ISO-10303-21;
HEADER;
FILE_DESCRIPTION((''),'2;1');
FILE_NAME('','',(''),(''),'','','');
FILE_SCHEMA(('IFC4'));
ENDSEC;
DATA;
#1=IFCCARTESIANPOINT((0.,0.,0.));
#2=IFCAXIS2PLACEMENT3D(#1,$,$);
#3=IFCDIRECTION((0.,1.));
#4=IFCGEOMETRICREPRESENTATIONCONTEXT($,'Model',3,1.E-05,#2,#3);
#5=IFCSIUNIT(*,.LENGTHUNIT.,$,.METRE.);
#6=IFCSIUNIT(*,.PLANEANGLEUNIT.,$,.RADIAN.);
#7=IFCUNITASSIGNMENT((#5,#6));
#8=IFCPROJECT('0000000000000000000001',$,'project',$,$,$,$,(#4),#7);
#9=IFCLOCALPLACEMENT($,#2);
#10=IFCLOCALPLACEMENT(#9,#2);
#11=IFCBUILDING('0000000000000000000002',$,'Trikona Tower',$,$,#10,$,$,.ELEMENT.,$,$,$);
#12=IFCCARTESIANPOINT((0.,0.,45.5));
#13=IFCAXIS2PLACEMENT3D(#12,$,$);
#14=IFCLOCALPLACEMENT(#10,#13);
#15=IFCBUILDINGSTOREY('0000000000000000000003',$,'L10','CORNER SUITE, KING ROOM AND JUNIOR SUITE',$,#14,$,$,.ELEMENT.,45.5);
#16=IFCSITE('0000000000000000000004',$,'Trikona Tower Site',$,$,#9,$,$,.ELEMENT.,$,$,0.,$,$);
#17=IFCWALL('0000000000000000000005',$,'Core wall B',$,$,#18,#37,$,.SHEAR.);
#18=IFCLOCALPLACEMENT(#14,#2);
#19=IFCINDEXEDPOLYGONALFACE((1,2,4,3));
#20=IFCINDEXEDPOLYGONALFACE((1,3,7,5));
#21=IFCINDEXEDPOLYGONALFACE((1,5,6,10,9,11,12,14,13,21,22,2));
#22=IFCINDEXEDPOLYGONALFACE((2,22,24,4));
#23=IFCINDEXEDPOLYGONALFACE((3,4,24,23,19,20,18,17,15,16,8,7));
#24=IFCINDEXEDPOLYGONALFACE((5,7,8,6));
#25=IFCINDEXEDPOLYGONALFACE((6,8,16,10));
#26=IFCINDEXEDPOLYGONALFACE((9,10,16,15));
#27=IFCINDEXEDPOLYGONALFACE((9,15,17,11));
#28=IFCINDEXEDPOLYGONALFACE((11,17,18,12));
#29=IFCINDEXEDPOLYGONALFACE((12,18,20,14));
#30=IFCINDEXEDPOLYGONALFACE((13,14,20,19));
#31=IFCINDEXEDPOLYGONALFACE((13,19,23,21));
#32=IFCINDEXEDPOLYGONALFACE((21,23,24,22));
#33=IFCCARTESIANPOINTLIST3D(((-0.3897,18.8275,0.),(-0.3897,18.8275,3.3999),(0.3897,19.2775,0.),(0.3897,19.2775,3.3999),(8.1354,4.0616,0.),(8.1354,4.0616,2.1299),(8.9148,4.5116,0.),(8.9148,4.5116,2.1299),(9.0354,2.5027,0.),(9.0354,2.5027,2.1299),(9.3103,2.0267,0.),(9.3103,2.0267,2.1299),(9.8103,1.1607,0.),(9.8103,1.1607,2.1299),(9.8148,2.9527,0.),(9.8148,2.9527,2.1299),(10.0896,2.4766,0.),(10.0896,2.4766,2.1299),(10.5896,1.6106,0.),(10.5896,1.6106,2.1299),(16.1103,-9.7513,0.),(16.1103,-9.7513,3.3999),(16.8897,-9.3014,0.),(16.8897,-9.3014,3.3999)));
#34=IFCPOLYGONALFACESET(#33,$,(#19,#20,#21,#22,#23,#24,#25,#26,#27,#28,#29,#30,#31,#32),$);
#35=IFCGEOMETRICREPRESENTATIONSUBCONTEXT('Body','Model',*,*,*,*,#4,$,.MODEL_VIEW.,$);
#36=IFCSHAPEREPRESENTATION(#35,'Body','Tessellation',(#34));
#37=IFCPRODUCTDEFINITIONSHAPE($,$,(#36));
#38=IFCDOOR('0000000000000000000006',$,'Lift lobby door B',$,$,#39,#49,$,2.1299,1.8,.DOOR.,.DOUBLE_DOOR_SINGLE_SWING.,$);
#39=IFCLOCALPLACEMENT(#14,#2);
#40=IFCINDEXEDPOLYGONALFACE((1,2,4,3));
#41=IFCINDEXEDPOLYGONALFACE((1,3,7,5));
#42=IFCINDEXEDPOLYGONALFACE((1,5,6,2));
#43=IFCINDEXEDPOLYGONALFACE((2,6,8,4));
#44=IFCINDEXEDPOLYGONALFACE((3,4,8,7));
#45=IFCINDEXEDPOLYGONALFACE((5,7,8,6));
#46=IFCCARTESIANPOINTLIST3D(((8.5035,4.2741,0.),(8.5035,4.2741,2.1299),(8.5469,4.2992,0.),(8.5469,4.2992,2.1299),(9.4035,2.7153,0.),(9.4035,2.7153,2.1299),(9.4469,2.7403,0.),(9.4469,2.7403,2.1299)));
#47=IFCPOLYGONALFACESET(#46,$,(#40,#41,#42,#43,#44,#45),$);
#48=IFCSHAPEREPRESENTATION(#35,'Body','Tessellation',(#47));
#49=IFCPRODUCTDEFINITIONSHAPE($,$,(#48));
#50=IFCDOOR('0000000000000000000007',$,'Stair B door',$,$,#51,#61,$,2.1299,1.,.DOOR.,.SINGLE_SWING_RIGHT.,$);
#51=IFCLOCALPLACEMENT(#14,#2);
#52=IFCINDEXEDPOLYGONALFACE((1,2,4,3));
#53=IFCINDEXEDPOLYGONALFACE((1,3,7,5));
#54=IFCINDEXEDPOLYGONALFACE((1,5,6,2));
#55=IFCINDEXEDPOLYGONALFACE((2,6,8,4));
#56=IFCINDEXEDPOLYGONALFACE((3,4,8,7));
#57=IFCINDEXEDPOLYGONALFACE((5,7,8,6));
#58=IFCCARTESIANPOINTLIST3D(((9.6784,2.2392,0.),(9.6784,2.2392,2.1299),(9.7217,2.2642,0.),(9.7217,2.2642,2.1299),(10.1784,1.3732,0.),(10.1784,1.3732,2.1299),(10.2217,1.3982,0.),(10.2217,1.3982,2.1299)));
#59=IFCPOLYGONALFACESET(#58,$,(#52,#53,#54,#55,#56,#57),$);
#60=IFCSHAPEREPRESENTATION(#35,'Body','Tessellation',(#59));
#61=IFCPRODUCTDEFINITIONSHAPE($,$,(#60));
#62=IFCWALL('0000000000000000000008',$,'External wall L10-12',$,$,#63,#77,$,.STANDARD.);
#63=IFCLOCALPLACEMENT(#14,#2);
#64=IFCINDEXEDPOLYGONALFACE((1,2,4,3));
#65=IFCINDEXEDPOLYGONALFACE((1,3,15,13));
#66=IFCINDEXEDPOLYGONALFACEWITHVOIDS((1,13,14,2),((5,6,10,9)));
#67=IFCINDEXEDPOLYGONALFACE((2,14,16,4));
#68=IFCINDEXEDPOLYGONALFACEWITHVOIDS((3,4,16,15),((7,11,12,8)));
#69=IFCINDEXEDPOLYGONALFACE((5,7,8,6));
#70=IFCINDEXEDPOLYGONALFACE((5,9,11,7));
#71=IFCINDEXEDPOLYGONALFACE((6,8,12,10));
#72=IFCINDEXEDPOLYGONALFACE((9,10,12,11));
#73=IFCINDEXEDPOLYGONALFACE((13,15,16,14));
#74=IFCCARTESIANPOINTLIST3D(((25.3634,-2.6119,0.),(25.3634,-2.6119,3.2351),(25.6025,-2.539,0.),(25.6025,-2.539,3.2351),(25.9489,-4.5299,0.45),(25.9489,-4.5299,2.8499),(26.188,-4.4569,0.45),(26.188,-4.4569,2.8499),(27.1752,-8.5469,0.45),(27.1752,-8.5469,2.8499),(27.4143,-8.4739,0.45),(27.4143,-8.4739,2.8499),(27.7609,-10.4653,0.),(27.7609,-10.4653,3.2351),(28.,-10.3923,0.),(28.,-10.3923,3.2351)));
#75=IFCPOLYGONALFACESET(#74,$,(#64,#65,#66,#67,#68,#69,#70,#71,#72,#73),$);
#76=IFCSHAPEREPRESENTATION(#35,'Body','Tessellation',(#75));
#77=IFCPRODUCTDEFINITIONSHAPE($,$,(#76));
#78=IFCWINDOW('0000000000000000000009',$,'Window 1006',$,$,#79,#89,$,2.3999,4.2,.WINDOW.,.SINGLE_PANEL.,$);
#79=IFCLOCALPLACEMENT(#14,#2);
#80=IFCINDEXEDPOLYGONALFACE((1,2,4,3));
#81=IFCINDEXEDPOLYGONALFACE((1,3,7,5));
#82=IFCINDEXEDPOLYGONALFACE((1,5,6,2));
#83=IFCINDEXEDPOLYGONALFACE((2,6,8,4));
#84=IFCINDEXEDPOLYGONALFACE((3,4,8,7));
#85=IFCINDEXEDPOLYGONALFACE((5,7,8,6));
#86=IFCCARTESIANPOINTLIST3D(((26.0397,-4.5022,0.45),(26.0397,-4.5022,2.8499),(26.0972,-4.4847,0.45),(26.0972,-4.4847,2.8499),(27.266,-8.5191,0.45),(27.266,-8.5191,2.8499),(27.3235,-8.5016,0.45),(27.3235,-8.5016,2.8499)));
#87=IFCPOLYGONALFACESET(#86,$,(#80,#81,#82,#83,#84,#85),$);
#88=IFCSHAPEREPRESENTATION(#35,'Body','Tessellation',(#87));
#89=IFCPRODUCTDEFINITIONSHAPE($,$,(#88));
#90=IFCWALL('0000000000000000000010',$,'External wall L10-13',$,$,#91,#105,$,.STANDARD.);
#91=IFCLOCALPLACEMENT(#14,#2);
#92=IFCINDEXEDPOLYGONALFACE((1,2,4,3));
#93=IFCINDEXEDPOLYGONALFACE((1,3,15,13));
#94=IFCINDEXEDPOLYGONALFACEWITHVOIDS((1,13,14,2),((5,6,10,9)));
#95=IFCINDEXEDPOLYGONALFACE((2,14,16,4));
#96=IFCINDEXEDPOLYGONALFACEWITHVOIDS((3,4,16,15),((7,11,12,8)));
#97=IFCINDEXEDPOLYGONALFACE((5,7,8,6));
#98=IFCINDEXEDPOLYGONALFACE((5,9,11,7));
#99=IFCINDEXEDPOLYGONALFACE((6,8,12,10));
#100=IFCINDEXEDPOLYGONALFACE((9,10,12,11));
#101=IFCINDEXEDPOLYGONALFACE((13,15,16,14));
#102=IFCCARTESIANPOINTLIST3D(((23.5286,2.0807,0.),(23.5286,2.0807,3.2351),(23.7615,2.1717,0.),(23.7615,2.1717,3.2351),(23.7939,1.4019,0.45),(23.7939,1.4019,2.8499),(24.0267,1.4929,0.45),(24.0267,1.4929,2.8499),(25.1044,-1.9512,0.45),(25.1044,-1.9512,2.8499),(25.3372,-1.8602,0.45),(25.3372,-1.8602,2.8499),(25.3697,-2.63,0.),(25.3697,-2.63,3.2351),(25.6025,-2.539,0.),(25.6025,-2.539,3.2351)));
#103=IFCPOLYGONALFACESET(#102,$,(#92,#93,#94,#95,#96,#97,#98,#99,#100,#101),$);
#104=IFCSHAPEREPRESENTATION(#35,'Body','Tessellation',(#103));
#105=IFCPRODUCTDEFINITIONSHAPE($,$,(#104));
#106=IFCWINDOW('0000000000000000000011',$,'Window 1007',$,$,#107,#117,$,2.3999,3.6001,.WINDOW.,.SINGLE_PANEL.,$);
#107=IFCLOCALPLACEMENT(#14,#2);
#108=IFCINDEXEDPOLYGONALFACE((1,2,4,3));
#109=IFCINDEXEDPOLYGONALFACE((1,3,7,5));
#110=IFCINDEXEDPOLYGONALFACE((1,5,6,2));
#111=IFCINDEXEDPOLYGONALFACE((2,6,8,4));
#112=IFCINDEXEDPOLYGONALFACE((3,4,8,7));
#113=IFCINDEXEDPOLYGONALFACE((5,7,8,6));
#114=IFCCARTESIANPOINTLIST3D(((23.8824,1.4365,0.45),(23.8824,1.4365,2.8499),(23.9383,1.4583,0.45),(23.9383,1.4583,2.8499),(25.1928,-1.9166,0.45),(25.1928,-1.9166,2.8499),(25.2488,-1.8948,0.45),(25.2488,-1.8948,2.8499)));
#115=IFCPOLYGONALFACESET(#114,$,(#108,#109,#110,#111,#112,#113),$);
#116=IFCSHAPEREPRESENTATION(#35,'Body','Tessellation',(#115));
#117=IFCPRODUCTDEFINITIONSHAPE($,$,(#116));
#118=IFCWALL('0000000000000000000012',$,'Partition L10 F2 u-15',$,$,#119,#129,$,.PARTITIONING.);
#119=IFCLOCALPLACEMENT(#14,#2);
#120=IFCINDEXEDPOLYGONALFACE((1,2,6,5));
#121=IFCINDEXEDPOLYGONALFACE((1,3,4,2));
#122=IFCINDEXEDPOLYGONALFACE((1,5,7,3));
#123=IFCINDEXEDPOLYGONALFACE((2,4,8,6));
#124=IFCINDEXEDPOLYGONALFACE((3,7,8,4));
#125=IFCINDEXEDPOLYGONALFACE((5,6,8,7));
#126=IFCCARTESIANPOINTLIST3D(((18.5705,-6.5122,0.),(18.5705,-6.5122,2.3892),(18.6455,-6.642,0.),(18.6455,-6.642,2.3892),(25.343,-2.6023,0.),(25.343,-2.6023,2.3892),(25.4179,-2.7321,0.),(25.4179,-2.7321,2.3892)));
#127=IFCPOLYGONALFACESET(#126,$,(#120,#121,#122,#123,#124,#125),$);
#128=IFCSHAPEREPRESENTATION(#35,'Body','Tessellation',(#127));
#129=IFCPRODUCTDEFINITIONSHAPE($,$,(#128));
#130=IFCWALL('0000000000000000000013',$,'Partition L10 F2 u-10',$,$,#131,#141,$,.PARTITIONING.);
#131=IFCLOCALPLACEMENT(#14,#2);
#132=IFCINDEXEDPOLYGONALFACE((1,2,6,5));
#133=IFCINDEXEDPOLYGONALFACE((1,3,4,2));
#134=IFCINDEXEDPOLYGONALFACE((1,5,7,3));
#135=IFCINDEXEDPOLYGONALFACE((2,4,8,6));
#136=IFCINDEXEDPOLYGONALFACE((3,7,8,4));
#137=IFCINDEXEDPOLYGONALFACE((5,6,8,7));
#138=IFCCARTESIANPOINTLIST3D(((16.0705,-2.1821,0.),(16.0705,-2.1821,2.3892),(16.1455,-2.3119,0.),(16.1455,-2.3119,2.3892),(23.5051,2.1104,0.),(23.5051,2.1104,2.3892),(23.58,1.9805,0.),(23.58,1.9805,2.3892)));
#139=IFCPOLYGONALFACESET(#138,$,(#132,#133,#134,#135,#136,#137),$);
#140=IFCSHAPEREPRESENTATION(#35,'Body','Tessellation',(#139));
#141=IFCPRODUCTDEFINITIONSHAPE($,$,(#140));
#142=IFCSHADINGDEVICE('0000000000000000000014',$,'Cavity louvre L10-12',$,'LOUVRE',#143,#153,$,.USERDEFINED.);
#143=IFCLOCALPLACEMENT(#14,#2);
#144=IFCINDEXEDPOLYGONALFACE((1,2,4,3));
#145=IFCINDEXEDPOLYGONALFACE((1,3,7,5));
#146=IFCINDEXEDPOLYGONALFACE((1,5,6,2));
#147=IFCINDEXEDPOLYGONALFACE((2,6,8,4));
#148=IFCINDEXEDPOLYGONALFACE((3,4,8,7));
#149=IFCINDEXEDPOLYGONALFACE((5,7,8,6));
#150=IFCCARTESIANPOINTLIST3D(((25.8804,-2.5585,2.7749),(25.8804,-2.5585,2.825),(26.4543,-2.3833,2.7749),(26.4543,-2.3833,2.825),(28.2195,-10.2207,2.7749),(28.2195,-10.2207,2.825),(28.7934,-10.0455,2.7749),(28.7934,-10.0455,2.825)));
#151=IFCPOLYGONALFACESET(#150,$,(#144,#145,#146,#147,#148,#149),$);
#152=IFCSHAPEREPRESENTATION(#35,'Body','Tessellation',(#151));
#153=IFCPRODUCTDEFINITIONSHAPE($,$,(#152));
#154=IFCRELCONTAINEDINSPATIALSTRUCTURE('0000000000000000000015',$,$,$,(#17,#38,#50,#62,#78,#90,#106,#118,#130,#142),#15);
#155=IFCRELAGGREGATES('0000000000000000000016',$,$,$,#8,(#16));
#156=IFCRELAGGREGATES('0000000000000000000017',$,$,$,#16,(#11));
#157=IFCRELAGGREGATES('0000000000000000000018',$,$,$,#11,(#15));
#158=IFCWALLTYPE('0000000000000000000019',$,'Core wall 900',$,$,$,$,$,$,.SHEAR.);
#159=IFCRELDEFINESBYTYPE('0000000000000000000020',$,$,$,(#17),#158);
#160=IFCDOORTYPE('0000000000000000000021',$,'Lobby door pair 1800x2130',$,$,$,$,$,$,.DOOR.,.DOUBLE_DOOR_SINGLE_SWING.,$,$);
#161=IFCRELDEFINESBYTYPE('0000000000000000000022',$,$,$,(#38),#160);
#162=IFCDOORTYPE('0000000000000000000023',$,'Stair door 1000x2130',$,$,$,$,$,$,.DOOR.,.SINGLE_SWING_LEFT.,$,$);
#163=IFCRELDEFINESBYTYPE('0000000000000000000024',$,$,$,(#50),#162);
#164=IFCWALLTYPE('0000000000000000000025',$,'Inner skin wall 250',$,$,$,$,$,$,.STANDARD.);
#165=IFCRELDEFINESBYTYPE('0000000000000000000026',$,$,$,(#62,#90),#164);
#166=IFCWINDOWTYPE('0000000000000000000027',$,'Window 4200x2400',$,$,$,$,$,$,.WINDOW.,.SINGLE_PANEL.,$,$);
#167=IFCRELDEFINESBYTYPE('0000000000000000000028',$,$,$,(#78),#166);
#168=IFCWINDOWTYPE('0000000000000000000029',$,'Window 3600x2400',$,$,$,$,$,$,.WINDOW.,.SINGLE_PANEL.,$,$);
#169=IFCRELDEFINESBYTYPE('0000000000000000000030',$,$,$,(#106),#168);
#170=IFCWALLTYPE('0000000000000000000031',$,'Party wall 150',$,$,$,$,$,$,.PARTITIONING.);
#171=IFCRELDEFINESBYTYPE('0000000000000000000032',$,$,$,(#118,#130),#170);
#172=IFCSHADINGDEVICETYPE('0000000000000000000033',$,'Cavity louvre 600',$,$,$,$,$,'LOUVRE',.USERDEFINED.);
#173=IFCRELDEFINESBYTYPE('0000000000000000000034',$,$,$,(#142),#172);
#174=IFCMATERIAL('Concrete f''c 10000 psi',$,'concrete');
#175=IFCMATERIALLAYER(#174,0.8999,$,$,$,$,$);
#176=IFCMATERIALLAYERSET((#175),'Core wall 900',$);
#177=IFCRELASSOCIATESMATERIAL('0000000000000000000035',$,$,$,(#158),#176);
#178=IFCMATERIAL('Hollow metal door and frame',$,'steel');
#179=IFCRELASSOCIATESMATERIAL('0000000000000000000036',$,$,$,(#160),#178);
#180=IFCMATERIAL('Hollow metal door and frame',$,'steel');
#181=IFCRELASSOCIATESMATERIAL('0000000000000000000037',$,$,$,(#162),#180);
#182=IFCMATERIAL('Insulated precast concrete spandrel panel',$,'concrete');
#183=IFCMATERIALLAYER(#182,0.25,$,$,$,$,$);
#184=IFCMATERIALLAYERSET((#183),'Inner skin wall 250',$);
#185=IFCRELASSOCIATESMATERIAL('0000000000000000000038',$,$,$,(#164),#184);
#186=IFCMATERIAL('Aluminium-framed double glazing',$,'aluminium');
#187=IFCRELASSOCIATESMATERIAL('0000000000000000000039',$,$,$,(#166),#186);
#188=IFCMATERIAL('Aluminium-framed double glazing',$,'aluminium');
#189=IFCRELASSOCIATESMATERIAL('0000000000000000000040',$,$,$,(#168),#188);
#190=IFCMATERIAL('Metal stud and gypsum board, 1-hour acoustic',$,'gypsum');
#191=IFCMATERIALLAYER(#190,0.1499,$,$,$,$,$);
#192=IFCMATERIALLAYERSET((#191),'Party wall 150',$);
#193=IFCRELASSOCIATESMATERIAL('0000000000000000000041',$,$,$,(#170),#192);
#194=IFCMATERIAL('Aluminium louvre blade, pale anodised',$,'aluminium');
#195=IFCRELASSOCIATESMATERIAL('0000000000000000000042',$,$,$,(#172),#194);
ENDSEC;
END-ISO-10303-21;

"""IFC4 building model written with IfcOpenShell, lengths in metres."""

from ifc_helpers import new_model, si_unit, direction, frame, frame_2d, origin, origin_2d, place, context, subcontext, project, spatial, rectangle, extrude, material, layer, layer_set, type_object, element, fill, save


model = new_model("IFC4")

# Units and contexts
model_context = context("Model", 3, precision=1e-05, world=origin(), true_north=direction((0.0, 1.0)))
body_context = subcontext(model_context, "Body", "Model", "MODEL_VIEW")
ifc_project = project(units=[si_unit("LENGTHUNIT", "METRE"), si_unit("PLANEANGLEUNIT", "RADIAN")], contexts=[model_context])

# Site, building, storey
site_placement = place(None, origin())
site = spatial("IfcSite", under=ifc_project, at=site_placement, Name="Trikona Tower Site", CompositionType="ELEMENT", RefElevation=0.0)
building_placement = place(site_placement, origin())
building = spatial("IfcBuilding", under=site, at=building_placement, Name="Trikona Tower", CompositionType="ELEMENT")
storey_placement = place(building_placement, frame((0.0, 0.0, 45.5)))
storey = spatial("IfcBuildingStorey", under=building, at=storey_placement, Name="L10", Description="CORNER SUITE, KING ROOM AND JUNIOR SUITE", CompositionType="ELEMENT", Elevation=45.5)

# Wall, openings, doors
ifc_material_1 = material(Name="Concrete f'c 10000 psi", Category="concrete")
ifc_layer_1 = layer(ifc_material_1, 0.8999)
ifc_layer_set_1 = layer_set([ifc_layer_1], Name="Core wall 900")
wall_type_1 = type_object("IfcWallType", Name="Core wall 900", PredefinedType="SHEAR", material=ifc_layer_set_1)
wall_1_placement = place(storey_placement, frame((16.5, -9.5264, 0.0), z_axis=(0.0, 0.0, 1.0), x_axis=(-0.5, 0.866026, 0.0)))
wall_1 = element("IfcWall", 1, at=wall_1_placement, inside=storey, type_object=wall_type_1, Name="Core wall B", PredefinedType="SHEAR", context=body_context, shape_type="SweptSolid", body=[
    extrude(rectangle(XDim=33.0, YDim=0.8999, at=frame_2d((16.5, 0.0))), origin(), (0.0, 0.0, 1.0), 3.3999),
])
opening_1_placement = place(wall_1_placement, frame((14.1499, 0.0, 0.0)))
opening_1 = element("IfcOpeningElement", 2, at=opening_1_placement, cuts=wall_1, PredefinedType="OPENING", context=body_context, shape_type="SweptSolid", body=[
    extrude(rectangle(XDim=1.8, YDim=2.1299, at=frame_2d((0.8999, 1.0649))), frame((0.0, 0.46, 0.0), z_axis=(0.0, -1.0, 0.0), x_axis=(1.0, 0.0, 0.0)), (0.0, 0.0, 1.0), 0.9199),
])
opening_2_placement = place(wall_1_placement, frame((12.6001, 0.0, 0.0)))
opening_2 = element("IfcOpeningElement", 3, at=opening_2_placement, cuts=wall_1, PredefinedType="OPENING", context=body_context, shape_type="SweptSolid", body=[
    extrude(rectangle(XDim=1.0, YDim=2.1299, at=frame_2d((0.5, 1.0649))), frame((0.0, 0.46, 0.0), z_axis=(0.0, -1.0, 0.0), x_axis=(1.0, 0.0, 0.0)), (0.0, 0.0, 1.0), 0.9199),
])
ifc_material_2 = material(Name="Hollow metal door and frame", Category="steel")
door_type_1 = type_object("IfcDoorType", Name="Lobby door pair 1800x2130", OperationType="DOUBLE_DOOR_SINGLE_SWING", PredefinedType="DOOR", material=ifc_material_2)
door_1_placement = place(opening_1_placement, origin())
door_1 = element("IfcDoor", 4, at=door_1_placement, inside=storey, type_object=door_type_1, Name="Lift lobby door B", OperationType="DOUBLE_DOOR_SINGLE_SWING", OverallHeight=2.1299, OverallWidth=1.8, PredefinedType="DOOR", context=body_context, shape_type="SweptSolid", body=[
    extrude(rectangle(XDim=1.8, YDim=2.1299, at=frame_2d((0.8999, 1.0649))), frame((0.0, 0.0249, 0.0), z_axis=(0.0, -1.0, 0.0), x_axis=(1.0, 0.0, 0.0)), (0.0, 0.0, 1.0), 0.05),
])
fill(opening_1, door_1)
ifc_material_3 = material(Name="Hollow metal door and frame", Category="steel")
door_type_2 = type_object("IfcDoorType", Name="Stair door 1000x2130", OperationType="SINGLE_SWING_LEFT", PredefinedType="DOOR", material=ifc_material_3)
door_2_placement = place(opening_2_placement, origin())
door_2 = element("IfcDoor", 5, at=door_2_placement, inside=storey, type_object=door_type_2, Name="Stair B door", OperationType="SINGLE_SWING_RIGHT", OverallHeight=2.1299, OverallWidth=1.0, PredefinedType="DOOR", context=body_context, shape_type="SweptSolid", body=[
    extrude(rectangle(XDim=1.0, YDim=2.1299, at=frame_2d((0.5, 1.0649))), frame((0.0, 0.0249, 0.0), z_axis=(0.0, -1.0, 0.0), x_axis=(1.0, 0.0, 0.0)), (0.0, 0.0, 1.0), 0.05),
])
fill(opening_2, door_2)

# Walls, openings, windows
ifc_material_4 = material(Name="Insulated precast concrete spandrel panel", Category="concrete")
ifc_layer_2 = layer(ifc_material_4, 0.25)
ifc_layer_set_2 = layer_set([ifc_layer_2], Name="Inner skin wall 250")
wall_type_2 = type_object("IfcWallType", Name="Inner skin wall 250", PredefinedType="STANDARD", material=ifc_layer_set_2)
wall_2_placement = place(storey_placement, frame((27.8804, -10.4287, 0.0), z_axis=(0.0, 0.0, 1.0), x_axis=(-0.291979, 0.956425, 0.0)))
wall_2 = element("IfcWall", 6, at=wall_2_placement, inside=storey, type_object=wall_type_2, Name="External wall L10-12", PredefinedType="STANDARD", context=body_context, shape_type="SweptSolid", body=[
    extrude(rectangle(XDim=8.2112, YDim=0.25, at=frame_2d((4.1055, 0.0))), origin(), (0.0, 0.0, 1.0), 3.2351),
])
opening_3_placement = place(wall_2_placement, frame((2.0056, 0.0, 0.45)))
opening_3 = element("IfcOpeningElement", 7, at=opening_3_placement, cuts=wall_2, PredefinedType="OPENING", context=body_context, shape_type="SweptSolid", body=[
    extrude(rectangle(XDim=4.2, YDim=2.3999, at=frame_2d((2.1001, 1.2))), frame((0.0, 0.135, 0.0), z_axis=(0.0, -1.0, 0.0), x_axis=(1.0, 0.0, 0.0)), (0.0, 0.0, 1.0), 0.27),
])
ifc_material_5 = material(Name="Aluminium-framed double glazing", Category="aluminium")
window_type_1 = type_object("IfcWindowType", Name="Window 4200x2400", PartitioningType="SINGLE_PANEL", PredefinedType="WINDOW", material=ifc_material_5)
window_1_placement = place(opening_3_placement, origin())
window_1 = element("IfcWindow", 8, at=window_1_placement, inside=storey, type_object=window_type_1, Name="Window 1006", OverallHeight=2.3999, OverallWidth=4.2, PartitioningType="SINGLE_PANEL", PredefinedType="WINDOW", context=body_context, shape_type="SweptSolid", body=[
    extrude(rectangle(XDim=4.2, YDim=2.3999, at=frame_2d((2.1001, 1.2))), frame((0.0, 0.03, 0.0), z_axis=(0.0, -1.0, 0.0), x_axis=(1.0, 0.0, 0.0)), (0.0, 0.0, 1.0), 0.0601),
])
fill(opening_3, window_1)
wall_3_placement = place(storey_placement, frame((25.4861, -2.5845, 0.0), z_axis=(0.0, 0.0, 1.0), x_axis=(-0.364013, 0.931394, 0.0)))
wall_3 = element("IfcWall", 9, at=wall_3_placement, inside=storey, type_object=wall_type_2, Name="External wall L10-13", PredefinedType="STANDARD", context=body_context, shape_type="SweptSolid", body=[
    extrude(rectangle(XDim=5.0576, YDim=0.25, at=frame_2d((2.5288, 0.0))), origin(), (0.0, 0.0, 1.0), 3.2351),
])
opening_4_placement = place(wall_3_placement, frame((0.7288, 0.0, 0.45)))
opening_4 = element("IfcOpeningElement", 10, at=opening_4_placement, cuts=wall_3, PredefinedType="OPENING", context=body_context, shape_type="SweptSolid", body=[
    extrude(rectangle(XDim=3.6001, YDim=2.3999, at=frame_2d((1.8, 1.2))), frame((0.0, 0.135, 0.0), z_axis=(0.0, -1.0, 0.0), x_axis=(1.0, 0.0, 0.0)), (0.0, 0.0, 1.0), 0.27),
])
ifc_material_6 = material(Name="Aluminium-framed double glazing", Category="aluminium")
window_type_2 = type_object("IfcWindowType", Name="Window 3600x2400", PartitioningType="SINGLE_PANEL", PredefinedType="WINDOW", material=ifc_material_6)
window_2_placement = place(opening_4_placement, origin())
window_2 = element("IfcWindow", 11, at=window_2_placement, inside=storey, type_object=window_type_2, Name="Window 1007", OverallHeight=2.3999, OverallWidth=3.6001, PartitioningType="SINGLE_PANEL", PredefinedType="WINDOW", context=body_context, shape_type="SweptSolid", body=[
    extrude(rectangle(XDim=3.6001, YDim=2.3999, at=frame_2d((1.8, 1.2))), frame((0.0, 0.03, 0.0), z_axis=(0.0, -1.0, 0.0), x_axis=(1.0, 0.0, 0.0)), (0.0, 0.0, 1.0), 0.0601),
])
fill(opening_4, window_2)

# Walls
ifc_material_7 = material(Name="Metal stud and gypsum board, 1-hour acoustic", Category="gypsum")
ifc_layer_3 = layer(ifc_material_7, 0.1499)
ifc_layer_set_3 = layer_set([ifc_layer_3], Name="Party wall 150")
wall_type_3 = type_object("IfcWallType", Name="Party wall 150", PredefinedType="PARTITIONING", material=ifc_layer_set_3)
wall_4_placement = place(storey_placement, frame((18.6079, -6.5771, 0.0), z_axis=(0.0, 0.0, 1.0), x_axis=(0.866035, 0.499984, 0.0)))
element("IfcWall", 12, at=wall_4_placement, inside=storey, type_object=wall_type_3, Name="Partition L10 F2 u-15", PredefinedType="PARTITIONING", context=body_context, shape_type="SweptSolid", body=[
    extrude(rectangle(XDim=7.8201, YDim=0.1499, at=frame_2d((3.9102, 0.0))), origin(), (0.0, 0.0, 1.0), 2.3892),
])
wall_5_placement = place(storey_placement, frame((16.1079, -2.2471, 0.0), z_axis=(0.0, 0.0, 1.0), x_axis=(0.866019, 0.500011, 0.0)))
element("IfcWall", 13, at=wall_5_placement, inside=storey, type_object=wall_type_3, Name="Partition L10 F2 u-10", PredefinedType="PARTITIONING", context=body_context, shape_type="SweptSolid", body=[
    extrude(rectangle(XDim=8.5847, YDim=0.1499, at=frame_2d((4.2925, 0.0))), origin(), (0.0, 0.0, 1.0), 2.3892),
])

# Shading device
ifc_material_8 = material(Name="Aluminium louvre blade, pale anodised", Category="aluminium")
shading_device_type = type_object("IfcShadingDeviceType", Name="Cavity louvre 600", ElementType="LOUVRE", PredefinedType="USERDEFINED", material=ifc_material_8)
shading_device_placement = place(storey_placement, frame((27.3369, -6.302, 2.7749), z_axis=(0.0, 0.0, 1.0), x_axis=(-0.291979, 0.956425, 0.0)))
element("IfcShadingDevice", 14, at=shading_device_placement, inside=storey, type_object=shading_device_type, Name="Cavity louvre L10-12", ObjectType="LOUVRE", PredefinedType="USERDEFINED", context=body_context, shape_type="SweptSolid", body=[
    extrude(rectangle(XDim=8.0112, YDim=0.6001, at=origin_2d()), origin(), (0.0, 0.0, 1.0), 0.05),
])

save(model, "model.ifc")
